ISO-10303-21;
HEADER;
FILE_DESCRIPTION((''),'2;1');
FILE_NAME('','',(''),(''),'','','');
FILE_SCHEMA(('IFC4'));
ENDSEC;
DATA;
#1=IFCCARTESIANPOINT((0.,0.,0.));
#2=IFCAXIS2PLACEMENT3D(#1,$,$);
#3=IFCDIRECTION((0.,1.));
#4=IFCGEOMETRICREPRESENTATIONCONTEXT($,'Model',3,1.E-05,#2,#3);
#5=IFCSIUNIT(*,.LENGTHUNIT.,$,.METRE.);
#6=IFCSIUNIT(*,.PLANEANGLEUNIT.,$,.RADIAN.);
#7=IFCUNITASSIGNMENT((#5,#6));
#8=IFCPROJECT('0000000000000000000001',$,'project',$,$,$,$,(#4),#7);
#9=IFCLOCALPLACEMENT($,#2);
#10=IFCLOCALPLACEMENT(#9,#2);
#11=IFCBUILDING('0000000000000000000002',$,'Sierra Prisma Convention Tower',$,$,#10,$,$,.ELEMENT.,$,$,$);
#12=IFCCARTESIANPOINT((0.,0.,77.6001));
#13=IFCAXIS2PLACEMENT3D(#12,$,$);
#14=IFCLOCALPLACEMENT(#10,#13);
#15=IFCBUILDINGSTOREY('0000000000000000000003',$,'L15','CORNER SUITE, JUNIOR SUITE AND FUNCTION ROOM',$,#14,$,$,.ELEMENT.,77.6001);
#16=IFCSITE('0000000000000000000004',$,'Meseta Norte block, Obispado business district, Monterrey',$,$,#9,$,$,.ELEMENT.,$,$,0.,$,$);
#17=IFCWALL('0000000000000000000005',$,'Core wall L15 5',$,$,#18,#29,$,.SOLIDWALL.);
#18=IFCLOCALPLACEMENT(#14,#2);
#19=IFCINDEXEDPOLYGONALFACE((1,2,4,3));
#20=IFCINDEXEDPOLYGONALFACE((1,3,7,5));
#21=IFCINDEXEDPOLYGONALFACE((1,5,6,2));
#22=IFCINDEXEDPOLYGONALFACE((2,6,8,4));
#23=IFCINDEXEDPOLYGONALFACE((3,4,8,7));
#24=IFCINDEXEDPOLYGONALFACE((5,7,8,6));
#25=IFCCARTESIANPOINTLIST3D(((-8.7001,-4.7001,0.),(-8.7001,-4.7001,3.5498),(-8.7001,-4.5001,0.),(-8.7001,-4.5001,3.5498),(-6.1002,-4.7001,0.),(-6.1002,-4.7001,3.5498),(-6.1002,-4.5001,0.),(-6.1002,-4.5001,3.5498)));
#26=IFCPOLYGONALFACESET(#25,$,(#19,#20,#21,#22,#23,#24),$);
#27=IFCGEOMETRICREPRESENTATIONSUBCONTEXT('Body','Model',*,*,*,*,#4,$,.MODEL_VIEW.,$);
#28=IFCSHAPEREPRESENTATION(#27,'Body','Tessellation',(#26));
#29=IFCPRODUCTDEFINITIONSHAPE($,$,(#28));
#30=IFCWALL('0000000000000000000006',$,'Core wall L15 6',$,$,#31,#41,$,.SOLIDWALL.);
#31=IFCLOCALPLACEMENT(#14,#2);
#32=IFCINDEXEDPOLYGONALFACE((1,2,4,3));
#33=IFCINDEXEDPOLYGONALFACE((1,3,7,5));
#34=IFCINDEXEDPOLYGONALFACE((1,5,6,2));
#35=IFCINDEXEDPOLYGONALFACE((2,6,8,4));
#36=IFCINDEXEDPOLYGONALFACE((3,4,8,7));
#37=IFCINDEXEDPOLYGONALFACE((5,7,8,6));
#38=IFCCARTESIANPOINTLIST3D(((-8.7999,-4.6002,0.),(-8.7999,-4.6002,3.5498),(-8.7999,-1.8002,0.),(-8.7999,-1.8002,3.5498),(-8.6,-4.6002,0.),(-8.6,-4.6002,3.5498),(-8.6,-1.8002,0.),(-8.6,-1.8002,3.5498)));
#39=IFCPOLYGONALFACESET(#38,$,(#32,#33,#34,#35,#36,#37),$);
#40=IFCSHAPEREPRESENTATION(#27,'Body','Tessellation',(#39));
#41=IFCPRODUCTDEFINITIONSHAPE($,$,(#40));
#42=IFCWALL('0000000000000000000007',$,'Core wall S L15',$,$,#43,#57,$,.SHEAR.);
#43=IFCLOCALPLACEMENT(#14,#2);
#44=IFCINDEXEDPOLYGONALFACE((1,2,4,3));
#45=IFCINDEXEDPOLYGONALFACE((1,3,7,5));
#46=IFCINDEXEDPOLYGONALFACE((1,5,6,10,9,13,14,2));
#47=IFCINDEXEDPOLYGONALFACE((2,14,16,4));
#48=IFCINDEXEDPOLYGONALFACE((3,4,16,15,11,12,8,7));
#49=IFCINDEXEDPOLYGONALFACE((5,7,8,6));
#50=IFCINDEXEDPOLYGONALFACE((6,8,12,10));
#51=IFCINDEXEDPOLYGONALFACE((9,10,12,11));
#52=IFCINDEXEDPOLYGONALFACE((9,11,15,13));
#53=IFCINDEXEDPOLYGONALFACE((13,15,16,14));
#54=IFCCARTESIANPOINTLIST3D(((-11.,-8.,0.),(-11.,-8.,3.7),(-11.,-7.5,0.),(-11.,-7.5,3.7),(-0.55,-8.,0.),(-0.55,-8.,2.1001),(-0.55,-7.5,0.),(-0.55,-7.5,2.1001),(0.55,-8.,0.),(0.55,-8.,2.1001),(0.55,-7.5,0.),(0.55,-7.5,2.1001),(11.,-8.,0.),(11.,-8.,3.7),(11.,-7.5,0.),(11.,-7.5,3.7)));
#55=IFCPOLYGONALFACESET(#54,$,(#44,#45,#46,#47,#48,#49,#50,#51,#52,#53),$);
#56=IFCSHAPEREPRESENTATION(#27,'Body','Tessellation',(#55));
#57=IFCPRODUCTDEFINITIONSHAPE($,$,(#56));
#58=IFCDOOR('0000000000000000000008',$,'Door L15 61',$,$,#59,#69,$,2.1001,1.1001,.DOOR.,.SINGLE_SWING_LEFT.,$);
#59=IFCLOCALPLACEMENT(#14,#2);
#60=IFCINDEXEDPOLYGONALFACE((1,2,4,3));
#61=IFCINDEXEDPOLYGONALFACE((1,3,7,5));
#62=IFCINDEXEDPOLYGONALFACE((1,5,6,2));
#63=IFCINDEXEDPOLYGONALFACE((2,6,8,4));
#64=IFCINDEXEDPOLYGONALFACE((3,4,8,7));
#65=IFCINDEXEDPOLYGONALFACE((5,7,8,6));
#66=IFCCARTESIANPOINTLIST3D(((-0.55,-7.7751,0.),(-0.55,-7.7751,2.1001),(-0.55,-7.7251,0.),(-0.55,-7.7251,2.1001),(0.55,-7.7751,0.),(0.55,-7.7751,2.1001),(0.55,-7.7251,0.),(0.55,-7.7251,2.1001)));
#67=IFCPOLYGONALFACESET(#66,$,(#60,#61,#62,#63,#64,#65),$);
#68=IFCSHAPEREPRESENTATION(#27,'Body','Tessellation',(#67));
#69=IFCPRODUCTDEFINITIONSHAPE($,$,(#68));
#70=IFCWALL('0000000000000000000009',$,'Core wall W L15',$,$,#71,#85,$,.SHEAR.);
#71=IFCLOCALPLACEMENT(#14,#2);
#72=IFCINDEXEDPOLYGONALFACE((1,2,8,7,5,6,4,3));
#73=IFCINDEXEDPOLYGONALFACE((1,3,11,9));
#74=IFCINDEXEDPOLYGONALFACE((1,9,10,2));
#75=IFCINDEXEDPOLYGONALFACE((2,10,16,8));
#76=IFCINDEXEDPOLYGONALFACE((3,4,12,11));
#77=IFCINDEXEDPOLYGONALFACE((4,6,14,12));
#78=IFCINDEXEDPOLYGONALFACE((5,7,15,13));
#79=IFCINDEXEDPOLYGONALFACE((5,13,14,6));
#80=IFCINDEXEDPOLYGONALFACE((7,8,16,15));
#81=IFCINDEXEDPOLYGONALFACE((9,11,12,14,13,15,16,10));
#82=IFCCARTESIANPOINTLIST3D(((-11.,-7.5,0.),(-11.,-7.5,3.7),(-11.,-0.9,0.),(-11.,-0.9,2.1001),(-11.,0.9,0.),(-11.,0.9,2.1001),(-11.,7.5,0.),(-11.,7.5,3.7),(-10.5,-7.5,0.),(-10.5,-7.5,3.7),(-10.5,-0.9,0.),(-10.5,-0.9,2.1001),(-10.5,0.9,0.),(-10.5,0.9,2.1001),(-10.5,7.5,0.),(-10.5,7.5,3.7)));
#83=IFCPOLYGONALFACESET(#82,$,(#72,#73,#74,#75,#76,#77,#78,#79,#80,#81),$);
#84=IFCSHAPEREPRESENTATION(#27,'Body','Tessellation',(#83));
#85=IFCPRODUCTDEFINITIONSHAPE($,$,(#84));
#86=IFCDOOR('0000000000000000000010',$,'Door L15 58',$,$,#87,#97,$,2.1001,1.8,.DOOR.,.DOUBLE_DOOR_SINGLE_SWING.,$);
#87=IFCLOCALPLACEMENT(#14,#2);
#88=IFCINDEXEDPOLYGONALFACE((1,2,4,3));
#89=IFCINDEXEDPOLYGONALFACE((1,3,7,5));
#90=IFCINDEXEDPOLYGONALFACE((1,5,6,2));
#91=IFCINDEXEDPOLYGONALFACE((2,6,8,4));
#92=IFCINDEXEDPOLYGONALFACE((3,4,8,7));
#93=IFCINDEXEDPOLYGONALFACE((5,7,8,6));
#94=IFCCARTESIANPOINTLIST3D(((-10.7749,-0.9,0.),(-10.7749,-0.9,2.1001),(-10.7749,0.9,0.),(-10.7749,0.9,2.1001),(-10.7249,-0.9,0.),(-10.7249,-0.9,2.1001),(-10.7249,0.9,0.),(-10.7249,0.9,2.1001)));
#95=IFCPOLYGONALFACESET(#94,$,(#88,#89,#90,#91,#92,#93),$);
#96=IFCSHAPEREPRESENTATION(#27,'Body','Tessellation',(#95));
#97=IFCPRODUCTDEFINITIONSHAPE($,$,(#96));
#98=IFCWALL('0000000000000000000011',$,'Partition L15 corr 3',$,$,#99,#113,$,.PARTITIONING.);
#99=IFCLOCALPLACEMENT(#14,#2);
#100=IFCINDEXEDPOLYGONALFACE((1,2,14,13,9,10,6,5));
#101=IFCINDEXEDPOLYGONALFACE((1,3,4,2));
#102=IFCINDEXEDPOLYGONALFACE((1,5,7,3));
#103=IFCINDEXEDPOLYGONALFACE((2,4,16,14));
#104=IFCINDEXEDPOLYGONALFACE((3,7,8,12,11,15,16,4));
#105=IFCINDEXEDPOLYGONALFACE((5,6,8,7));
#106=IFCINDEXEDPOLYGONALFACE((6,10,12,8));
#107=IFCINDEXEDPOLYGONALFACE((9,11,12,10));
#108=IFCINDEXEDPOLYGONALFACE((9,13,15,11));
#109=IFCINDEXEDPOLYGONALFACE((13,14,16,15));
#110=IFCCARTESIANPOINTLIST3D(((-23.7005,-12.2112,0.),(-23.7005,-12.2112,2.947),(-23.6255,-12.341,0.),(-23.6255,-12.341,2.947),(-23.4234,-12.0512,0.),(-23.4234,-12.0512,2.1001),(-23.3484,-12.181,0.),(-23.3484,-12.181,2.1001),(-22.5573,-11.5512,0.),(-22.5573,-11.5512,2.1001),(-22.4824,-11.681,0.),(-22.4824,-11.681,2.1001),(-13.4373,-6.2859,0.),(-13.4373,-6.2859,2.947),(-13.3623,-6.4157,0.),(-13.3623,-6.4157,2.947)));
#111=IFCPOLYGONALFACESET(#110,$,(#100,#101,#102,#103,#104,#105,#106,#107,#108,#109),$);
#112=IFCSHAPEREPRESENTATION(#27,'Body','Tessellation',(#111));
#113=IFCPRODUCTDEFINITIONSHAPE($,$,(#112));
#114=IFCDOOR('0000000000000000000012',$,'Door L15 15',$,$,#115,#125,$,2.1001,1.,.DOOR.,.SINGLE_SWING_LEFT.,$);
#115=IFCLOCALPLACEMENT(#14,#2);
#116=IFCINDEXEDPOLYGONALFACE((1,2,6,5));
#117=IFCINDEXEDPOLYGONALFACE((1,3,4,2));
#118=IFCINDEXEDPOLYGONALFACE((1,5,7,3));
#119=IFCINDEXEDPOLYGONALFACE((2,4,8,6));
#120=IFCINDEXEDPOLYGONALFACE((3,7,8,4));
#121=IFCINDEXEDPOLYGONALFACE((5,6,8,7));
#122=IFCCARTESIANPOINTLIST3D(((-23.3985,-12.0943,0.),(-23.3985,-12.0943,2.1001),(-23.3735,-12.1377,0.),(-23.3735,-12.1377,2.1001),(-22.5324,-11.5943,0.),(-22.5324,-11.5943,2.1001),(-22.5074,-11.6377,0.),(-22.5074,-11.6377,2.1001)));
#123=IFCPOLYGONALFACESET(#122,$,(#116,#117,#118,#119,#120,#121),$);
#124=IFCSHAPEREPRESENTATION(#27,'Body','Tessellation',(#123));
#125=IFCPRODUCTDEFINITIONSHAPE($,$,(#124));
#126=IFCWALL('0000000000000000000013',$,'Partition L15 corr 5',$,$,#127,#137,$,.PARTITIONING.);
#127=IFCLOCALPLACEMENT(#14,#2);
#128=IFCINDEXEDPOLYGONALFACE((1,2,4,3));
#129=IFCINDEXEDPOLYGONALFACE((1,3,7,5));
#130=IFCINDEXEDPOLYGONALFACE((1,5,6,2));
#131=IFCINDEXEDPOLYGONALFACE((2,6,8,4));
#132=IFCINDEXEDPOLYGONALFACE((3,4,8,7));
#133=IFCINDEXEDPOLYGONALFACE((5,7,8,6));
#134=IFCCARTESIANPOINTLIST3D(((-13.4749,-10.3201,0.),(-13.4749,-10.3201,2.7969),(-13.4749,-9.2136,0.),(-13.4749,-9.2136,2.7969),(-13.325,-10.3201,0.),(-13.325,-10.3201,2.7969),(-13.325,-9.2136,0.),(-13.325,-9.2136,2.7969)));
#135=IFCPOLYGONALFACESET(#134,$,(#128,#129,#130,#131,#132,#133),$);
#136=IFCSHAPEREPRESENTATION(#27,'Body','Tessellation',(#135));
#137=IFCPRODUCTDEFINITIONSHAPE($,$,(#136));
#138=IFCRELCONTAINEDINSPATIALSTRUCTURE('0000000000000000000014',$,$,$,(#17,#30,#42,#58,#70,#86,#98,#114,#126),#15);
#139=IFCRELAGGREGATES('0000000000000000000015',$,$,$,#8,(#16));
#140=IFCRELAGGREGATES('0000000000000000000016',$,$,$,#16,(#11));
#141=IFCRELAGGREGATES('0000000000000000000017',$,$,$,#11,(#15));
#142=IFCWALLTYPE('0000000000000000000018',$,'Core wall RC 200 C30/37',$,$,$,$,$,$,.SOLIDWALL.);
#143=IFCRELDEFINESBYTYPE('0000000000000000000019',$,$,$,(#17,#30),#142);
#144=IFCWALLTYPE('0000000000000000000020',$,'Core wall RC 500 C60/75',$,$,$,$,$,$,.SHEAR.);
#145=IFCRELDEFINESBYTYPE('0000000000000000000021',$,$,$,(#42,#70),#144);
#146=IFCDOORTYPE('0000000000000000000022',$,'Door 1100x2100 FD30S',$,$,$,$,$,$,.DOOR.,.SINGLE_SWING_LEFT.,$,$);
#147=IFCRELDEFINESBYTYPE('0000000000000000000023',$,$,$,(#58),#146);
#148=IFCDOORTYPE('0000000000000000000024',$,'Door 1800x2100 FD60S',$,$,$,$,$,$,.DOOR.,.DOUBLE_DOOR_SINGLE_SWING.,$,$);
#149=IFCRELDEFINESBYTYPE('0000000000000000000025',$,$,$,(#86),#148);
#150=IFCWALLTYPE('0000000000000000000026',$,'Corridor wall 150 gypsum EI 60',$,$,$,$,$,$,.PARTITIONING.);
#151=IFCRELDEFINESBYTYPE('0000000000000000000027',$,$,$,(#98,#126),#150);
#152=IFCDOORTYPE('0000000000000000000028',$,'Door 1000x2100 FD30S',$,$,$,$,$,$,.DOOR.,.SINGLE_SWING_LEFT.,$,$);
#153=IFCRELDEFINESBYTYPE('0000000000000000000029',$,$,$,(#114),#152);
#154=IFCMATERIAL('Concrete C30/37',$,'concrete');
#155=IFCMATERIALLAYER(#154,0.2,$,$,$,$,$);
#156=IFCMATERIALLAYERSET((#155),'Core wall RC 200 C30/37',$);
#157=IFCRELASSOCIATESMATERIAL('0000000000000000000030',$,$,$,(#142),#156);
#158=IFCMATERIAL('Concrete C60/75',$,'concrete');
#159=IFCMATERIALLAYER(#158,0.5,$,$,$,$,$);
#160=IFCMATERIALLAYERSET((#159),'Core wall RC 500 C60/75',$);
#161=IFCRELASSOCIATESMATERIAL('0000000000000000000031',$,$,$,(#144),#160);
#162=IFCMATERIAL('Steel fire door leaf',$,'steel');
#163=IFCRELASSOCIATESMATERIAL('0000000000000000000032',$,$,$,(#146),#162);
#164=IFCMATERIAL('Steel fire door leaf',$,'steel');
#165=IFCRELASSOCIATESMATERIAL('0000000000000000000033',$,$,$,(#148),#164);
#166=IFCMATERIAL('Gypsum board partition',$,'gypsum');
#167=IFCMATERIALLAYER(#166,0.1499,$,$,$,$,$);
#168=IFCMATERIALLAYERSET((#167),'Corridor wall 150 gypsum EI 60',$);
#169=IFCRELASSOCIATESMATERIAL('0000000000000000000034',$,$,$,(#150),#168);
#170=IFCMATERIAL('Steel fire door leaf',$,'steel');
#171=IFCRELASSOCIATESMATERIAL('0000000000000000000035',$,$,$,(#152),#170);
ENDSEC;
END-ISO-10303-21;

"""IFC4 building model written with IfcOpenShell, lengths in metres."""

from ifc_helpers import new_model, si_unit, direction, frame, frame_2d, origin, place, context, subcontext, project, spatial, rectangle, extrude, material, layer, layer_set, type_object, element, fill, save


model = new_model("IFC4")

# Units and contexts
model_context = context("Model", 3, precision=1e-05, world=origin(), true_north=direction((0.0, 1.0)))
body_context = subcontext(model_context, "Body", "Model", "MODEL_VIEW")
ifc_project = project(units=[si_unit("LENGTHUNIT", "METRE"), si_unit("PLANEANGLEUNIT", "RADIAN")], contexts=[model_context])

# Site, building, storey
site_placement = place(None, origin())
site = spatial("IfcSite", under=ifc_project, at=site_placement, Name="Meseta Norte block, Obispado business district, Monterrey", CompositionType="ELEMENT", RefElevation=0.0)
building_placement = place(site_placement, origin())
building = spatial("IfcBuilding", under=site, at=building_placement, Name="Sierra Prisma Convention Tower", CompositionType="ELEMENT")
storey_placement = place(building_placement, frame((0.0, 0.0, 77.6001)))
storey = spatial("IfcBuildingStorey", under=building, at=storey_placement, Name="L15", Description="CORNER SUITE, JUNIOR SUITE AND FUNCTION ROOM", CompositionType="ELEMENT", Elevation=77.6001)

# Shared definitions
ifc_material_1 = material(Name="Concrete C30/37", Category="concrete")
ifc_layer_1 = layer(ifc_material_1, 0.2)
ifc_layer_set_1 = layer_set([ifc_layer_1], Name="Core wall RC 200 C30/37")
wall_type_1 = type_object("IfcWallType", Name="Core wall RC 200 C30/37", PredefinedType="SOLIDWALL", material=ifc_layer_set_1)

# Walls
wall_1_placement = place(storey_placement, frame((-8.7, -4.6001, 0.0), z_axis=(0.0, 0.0, 1.0), x_axis=(1.0, 0.0, 0.0)))
element("IfcWall", 1, at=wall_1_placement, inside=storey, type_object=wall_type_1, Name="Core wall L15 5", PredefinedType="SOLIDWALL", context=body_context, shape_type="SweptSolid", body=[
    extrude(rectangle(XDim=2.5999, YDim=0.2, at=frame_2d((1.2998, 0.0))), origin(), (0.0, 0.0, 1.0), 3.5498),
])
wall_2_placement = place(storey_placement, frame((-8.7, -4.6001, 0.0), z_axis=(0.0, 0.0, 1.0), x_axis=(0.0, 1.0, 0.0)))
element("IfcWall", 2, at=wall_2_placement, inside=storey, type_object=wall_type_1, Name="Core wall L15 6", PredefinedType="SOLIDWALL", context=body_context, shape_type="SweptSolid", body=[
    extrude(rectangle(XDim=2.8, YDim=0.2, at=frame_2d((1.3999, 0.0))), origin(), (0.0, 0.0, 1.0), 3.5498),
])

# Walls, openings, doors
ifc_material_2 = material(Name="Concrete C60/75", Category="concrete")
ifc_layer_2 = layer(ifc_material_2, 0.5)
ifc_layer_set_2 = layer_set([ifc_layer_2], Name="Core wall RC 500 C60/75")
wall_type_2 = type_object("IfcWallType", Name="Core wall RC 500 C60/75", PredefinedType="SHEAR", material=ifc_layer_set_2)
wall_3_placement = place(storey_placement, frame((-11.0, -7.75, 0.0), z_axis=(0.0, 0.0, 1.0), x_axis=(1.0, 0.0, 0.0)))
wall_3 = element("IfcWall", 3, at=wall_3_placement, inside=storey, type_object=wall_type_2, Name="Core wall S L15", PredefinedType="SHEAR", context=body_context, shape_type="SweptSolid", body=[
    extrude(rectangle(XDim=22.0, YDim=0.5, at=frame_2d((11.0, 0.0))), origin(), (0.0, 0.0, 1.0), 3.7),
])
opening_1_placement = place(wall_3_placement, frame((10.45, 0.0, 0.0)))
opening_1 = element("IfcOpeningElement", 4, at=opening_1_placement, cuts=wall_3, PredefinedType="OPENING", context=body_context, shape_type="SweptSolid", body=[
    extrude(rectangle(XDim=1.1001, YDim=2.1001, at=frame_2d((0.55, 1.05))), frame((0.0, 0.25, 0.0), z_axis=(0.0, -1.0, 0.0), x_axis=(1.0, 0.0, 0.0)), (0.0, 0.0, 1.0), 0.5),
])
ifc_material_3 = material(Name="Steel fire door leaf", Category="steel")
door_type_1 = type_object("IfcDoorType", Name="Door 1100x2100 FD30S", OperationType="SINGLE_SWING_LEFT", PredefinedType="DOOR", material=ifc_material_3)
door_1_placement = place(opening_1_placement, origin())
door_1 = element("IfcDoor", 5, at=door_1_placement, inside=storey, type_object=door_type_1, Name="Door L15 61", OperationType="SINGLE_SWING_LEFT", OverallHeight=2.1001, OverallWidth=1.1001, PredefinedType="DOOR", context=body_context, shape_type="SweptSolid", body=[
    extrude(rectangle(XDim=1.1001, YDim=2.1001, at=frame_2d((0.55, 1.05))), frame((0.0, 0.0249, 0.0), z_axis=(0.0, -1.0, 0.0), x_axis=(1.0, 0.0, 0.0)), (0.0, 0.0, 1.0), 0.05),
])
fill(opening_1, door_1)
wall_4_placement = place(storey_placement, frame((-10.75, -7.5, 0.0), z_axis=(0.0, 0.0, 1.0), x_axis=(0.0, 1.0, 0.0)))
wall_4 = element("IfcWall", 6, at=wall_4_placement, inside=storey, type_object=wall_type_2, Name="Core wall W L15", PredefinedType="SHEAR", context=body_context, shape_type="SweptSolid", body=[
    extrude(rectangle(XDim=15.0, YDim=0.5, at=frame_2d((7.5, 0.0))), origin(), (0.0, 0.0, 1.0), 3.7),
])
opening_2_placement = place(wall_4_placement, frame((6.6001, 0.0, 0.0)))
opening_2 = element("IfcOpeningElement", 7, at=opening_2_placement, cuts=wall_4, PredefinedType="OPENING", context=body_context, shape_type="SweptSolid", body=[
    extrude(rectangle(XDim=1.8, YDim=2.1001, at=frame_2d((0.8999, 1.05))), frame((0.0, 0.25, 0.0), z_axis=(0.0, -1.0, 0.0), x_axis=(1.0, 0.0, 0.0)), (0.0, 0.0, 1.0), 0.5),
])
ifc_material_4 = material(Name="Steel fire door leaf", Category="steel")
door_type_2 = type_object("IfcDoorType", Name="Door 1800x2100 FD60S", OperationType="DOUBLE_DOOR_SINGLE_SWING", PredefinedType="DOOR", material=ifc_material_4)
door_2_placement = place(opening_2_placement, origin())
door_2 = element("IfcDoor", 8, at=door_2_placement, inside=storey, type_object=door_type_2, Name="Door L15 58", OperationType="DOUBLE_DOOR_SINGLE_SWING", OverallHeight=2.1001, OverallWidth=1.8, PredefinedType="DOOR", context=body_context, shape_type="SweptSolid", body=[
    extrude(rectangle(XDim=1.8, YDim=2.1001, at=frame_2d((0.8999, 1.05))), frame((0.0, 0.0249, 0.0), z_axis=(0.0, -1.0, 0.0), x_axis=(1.0, 0.0, 0.0)), (0.0, 0.0, 1.0), 0.05),
])
fill(opening_2, door_2)
ifc_material_5 = material(Name="Gypsum board partition", Category="gypsum")
ifc_layer_3 = layer(ifc_material_5, 0.1499)
ifc_layer_set_3 = layer_set([ifc_layer_3], Name="Corridor wall 150 gypsum EI 60")
wall_type_3 = type_object("IfcWallType", Name="Corridor wall 150 gypsum EI 60", PredefinedType="PARTITIONING", material=ifc_layer_set_3)
wall_5_placement = place(storey_placement, frame((-13.3999, -6.3508, 0.0), z_axis=(0.0, 0.0, 1.0), x_axis=(-0.866031, -0.49999, 0.0)))
wall_5 = element("IfcWall", 9, at=wall_5_placement, inside=storey, type_object=wall_type_3, Name="Partition L15 corr 3", PredefinedType="PARTITIONING", context=body_context, shape_type="SweptSolid", body=[
    extrude(rectangle(XDim=11.8508, YDim=0.1499, at=frame_2d((5.9253, 0.0))), origin(), (0.0, 0.0, 1.0), 2.947),
])
opening_3_placement = place(wall_5_placement, frame((10.5308, 0.0, 0.0)))
opening_3 = element("IfcOpeningElement", 10, at=opening_3_placement, cuts=wall_5, PredefinedType="OPENING", context=body_context, shape_type="SweptSolid", body=[
    extrude(rectangle(XDim=1.0, YDim=2.1001, at=frame_2d((0.5, 1.05))), frame((0.0, 0.075, 0.0), z_axis=(0.0, -1.0, 0.0), x_axis=(1.0, 0.0, 0.0)), (0.0, 0.0, 1.0), 0.1499),
])
ifc_material_6 = material(Name="Steel fire door leaf", Category="steel")
door_type_3 = type_object("IfcDoorType", Name="Door 1000x2100 FD30S", OperationType="SINGLE_SWING_LEFT", PredefinedType="DOOR", material=ifc_material_6)
door_3_placement = place(opening_3_placement, origin())
door_3 = element("IfcDoor", 11, at=door_3_placement, inside=storey, type_object=door_type_3, Name="Door L15 15", OperationType="SINGLE_SWING_LEFT", OverallHeight=2.1001, OverallWidth=1.0, PredefinedType="DOOR", context=body_context, shape_type="SweptSolid", body=[
    extrude(rectangle(XDim=1.0, YDim=2.1001, at=frame_2d((0.5, 1.05))), frame((0.0, 0.0249, 0.0), z_axis=(0.0, -1.0, 0.0), x_axis=(1.0, 0.0, 0.0)), (0.0, 0.0, 1.0), 0.05),
])
fill(opening_3, door_3)

# Wall
wall_6_placement = place(storey_placement, frame((-13.3999, -9.2136, 0.0), z_axis=(0.0, 0.0, 1.0), x_axis=(0.0, -1.0, 0.0)))
element("IfcWall", 12, at=wall_6_placement, inside=storey, type_object=wall_type_3, Name="Partition L15 corr 5", PredefinedType="PARTITIONING", context=body_context, shape_type="SweptSolid", body=[
    extrude(rectangle(XDim=1.1064, YDim=0.1499, at=frame_2d((0.5532, 0.0))), origin(), (0.0, 0.0, 1.0), 2.7969),
])

save(model, "model.ifc")
